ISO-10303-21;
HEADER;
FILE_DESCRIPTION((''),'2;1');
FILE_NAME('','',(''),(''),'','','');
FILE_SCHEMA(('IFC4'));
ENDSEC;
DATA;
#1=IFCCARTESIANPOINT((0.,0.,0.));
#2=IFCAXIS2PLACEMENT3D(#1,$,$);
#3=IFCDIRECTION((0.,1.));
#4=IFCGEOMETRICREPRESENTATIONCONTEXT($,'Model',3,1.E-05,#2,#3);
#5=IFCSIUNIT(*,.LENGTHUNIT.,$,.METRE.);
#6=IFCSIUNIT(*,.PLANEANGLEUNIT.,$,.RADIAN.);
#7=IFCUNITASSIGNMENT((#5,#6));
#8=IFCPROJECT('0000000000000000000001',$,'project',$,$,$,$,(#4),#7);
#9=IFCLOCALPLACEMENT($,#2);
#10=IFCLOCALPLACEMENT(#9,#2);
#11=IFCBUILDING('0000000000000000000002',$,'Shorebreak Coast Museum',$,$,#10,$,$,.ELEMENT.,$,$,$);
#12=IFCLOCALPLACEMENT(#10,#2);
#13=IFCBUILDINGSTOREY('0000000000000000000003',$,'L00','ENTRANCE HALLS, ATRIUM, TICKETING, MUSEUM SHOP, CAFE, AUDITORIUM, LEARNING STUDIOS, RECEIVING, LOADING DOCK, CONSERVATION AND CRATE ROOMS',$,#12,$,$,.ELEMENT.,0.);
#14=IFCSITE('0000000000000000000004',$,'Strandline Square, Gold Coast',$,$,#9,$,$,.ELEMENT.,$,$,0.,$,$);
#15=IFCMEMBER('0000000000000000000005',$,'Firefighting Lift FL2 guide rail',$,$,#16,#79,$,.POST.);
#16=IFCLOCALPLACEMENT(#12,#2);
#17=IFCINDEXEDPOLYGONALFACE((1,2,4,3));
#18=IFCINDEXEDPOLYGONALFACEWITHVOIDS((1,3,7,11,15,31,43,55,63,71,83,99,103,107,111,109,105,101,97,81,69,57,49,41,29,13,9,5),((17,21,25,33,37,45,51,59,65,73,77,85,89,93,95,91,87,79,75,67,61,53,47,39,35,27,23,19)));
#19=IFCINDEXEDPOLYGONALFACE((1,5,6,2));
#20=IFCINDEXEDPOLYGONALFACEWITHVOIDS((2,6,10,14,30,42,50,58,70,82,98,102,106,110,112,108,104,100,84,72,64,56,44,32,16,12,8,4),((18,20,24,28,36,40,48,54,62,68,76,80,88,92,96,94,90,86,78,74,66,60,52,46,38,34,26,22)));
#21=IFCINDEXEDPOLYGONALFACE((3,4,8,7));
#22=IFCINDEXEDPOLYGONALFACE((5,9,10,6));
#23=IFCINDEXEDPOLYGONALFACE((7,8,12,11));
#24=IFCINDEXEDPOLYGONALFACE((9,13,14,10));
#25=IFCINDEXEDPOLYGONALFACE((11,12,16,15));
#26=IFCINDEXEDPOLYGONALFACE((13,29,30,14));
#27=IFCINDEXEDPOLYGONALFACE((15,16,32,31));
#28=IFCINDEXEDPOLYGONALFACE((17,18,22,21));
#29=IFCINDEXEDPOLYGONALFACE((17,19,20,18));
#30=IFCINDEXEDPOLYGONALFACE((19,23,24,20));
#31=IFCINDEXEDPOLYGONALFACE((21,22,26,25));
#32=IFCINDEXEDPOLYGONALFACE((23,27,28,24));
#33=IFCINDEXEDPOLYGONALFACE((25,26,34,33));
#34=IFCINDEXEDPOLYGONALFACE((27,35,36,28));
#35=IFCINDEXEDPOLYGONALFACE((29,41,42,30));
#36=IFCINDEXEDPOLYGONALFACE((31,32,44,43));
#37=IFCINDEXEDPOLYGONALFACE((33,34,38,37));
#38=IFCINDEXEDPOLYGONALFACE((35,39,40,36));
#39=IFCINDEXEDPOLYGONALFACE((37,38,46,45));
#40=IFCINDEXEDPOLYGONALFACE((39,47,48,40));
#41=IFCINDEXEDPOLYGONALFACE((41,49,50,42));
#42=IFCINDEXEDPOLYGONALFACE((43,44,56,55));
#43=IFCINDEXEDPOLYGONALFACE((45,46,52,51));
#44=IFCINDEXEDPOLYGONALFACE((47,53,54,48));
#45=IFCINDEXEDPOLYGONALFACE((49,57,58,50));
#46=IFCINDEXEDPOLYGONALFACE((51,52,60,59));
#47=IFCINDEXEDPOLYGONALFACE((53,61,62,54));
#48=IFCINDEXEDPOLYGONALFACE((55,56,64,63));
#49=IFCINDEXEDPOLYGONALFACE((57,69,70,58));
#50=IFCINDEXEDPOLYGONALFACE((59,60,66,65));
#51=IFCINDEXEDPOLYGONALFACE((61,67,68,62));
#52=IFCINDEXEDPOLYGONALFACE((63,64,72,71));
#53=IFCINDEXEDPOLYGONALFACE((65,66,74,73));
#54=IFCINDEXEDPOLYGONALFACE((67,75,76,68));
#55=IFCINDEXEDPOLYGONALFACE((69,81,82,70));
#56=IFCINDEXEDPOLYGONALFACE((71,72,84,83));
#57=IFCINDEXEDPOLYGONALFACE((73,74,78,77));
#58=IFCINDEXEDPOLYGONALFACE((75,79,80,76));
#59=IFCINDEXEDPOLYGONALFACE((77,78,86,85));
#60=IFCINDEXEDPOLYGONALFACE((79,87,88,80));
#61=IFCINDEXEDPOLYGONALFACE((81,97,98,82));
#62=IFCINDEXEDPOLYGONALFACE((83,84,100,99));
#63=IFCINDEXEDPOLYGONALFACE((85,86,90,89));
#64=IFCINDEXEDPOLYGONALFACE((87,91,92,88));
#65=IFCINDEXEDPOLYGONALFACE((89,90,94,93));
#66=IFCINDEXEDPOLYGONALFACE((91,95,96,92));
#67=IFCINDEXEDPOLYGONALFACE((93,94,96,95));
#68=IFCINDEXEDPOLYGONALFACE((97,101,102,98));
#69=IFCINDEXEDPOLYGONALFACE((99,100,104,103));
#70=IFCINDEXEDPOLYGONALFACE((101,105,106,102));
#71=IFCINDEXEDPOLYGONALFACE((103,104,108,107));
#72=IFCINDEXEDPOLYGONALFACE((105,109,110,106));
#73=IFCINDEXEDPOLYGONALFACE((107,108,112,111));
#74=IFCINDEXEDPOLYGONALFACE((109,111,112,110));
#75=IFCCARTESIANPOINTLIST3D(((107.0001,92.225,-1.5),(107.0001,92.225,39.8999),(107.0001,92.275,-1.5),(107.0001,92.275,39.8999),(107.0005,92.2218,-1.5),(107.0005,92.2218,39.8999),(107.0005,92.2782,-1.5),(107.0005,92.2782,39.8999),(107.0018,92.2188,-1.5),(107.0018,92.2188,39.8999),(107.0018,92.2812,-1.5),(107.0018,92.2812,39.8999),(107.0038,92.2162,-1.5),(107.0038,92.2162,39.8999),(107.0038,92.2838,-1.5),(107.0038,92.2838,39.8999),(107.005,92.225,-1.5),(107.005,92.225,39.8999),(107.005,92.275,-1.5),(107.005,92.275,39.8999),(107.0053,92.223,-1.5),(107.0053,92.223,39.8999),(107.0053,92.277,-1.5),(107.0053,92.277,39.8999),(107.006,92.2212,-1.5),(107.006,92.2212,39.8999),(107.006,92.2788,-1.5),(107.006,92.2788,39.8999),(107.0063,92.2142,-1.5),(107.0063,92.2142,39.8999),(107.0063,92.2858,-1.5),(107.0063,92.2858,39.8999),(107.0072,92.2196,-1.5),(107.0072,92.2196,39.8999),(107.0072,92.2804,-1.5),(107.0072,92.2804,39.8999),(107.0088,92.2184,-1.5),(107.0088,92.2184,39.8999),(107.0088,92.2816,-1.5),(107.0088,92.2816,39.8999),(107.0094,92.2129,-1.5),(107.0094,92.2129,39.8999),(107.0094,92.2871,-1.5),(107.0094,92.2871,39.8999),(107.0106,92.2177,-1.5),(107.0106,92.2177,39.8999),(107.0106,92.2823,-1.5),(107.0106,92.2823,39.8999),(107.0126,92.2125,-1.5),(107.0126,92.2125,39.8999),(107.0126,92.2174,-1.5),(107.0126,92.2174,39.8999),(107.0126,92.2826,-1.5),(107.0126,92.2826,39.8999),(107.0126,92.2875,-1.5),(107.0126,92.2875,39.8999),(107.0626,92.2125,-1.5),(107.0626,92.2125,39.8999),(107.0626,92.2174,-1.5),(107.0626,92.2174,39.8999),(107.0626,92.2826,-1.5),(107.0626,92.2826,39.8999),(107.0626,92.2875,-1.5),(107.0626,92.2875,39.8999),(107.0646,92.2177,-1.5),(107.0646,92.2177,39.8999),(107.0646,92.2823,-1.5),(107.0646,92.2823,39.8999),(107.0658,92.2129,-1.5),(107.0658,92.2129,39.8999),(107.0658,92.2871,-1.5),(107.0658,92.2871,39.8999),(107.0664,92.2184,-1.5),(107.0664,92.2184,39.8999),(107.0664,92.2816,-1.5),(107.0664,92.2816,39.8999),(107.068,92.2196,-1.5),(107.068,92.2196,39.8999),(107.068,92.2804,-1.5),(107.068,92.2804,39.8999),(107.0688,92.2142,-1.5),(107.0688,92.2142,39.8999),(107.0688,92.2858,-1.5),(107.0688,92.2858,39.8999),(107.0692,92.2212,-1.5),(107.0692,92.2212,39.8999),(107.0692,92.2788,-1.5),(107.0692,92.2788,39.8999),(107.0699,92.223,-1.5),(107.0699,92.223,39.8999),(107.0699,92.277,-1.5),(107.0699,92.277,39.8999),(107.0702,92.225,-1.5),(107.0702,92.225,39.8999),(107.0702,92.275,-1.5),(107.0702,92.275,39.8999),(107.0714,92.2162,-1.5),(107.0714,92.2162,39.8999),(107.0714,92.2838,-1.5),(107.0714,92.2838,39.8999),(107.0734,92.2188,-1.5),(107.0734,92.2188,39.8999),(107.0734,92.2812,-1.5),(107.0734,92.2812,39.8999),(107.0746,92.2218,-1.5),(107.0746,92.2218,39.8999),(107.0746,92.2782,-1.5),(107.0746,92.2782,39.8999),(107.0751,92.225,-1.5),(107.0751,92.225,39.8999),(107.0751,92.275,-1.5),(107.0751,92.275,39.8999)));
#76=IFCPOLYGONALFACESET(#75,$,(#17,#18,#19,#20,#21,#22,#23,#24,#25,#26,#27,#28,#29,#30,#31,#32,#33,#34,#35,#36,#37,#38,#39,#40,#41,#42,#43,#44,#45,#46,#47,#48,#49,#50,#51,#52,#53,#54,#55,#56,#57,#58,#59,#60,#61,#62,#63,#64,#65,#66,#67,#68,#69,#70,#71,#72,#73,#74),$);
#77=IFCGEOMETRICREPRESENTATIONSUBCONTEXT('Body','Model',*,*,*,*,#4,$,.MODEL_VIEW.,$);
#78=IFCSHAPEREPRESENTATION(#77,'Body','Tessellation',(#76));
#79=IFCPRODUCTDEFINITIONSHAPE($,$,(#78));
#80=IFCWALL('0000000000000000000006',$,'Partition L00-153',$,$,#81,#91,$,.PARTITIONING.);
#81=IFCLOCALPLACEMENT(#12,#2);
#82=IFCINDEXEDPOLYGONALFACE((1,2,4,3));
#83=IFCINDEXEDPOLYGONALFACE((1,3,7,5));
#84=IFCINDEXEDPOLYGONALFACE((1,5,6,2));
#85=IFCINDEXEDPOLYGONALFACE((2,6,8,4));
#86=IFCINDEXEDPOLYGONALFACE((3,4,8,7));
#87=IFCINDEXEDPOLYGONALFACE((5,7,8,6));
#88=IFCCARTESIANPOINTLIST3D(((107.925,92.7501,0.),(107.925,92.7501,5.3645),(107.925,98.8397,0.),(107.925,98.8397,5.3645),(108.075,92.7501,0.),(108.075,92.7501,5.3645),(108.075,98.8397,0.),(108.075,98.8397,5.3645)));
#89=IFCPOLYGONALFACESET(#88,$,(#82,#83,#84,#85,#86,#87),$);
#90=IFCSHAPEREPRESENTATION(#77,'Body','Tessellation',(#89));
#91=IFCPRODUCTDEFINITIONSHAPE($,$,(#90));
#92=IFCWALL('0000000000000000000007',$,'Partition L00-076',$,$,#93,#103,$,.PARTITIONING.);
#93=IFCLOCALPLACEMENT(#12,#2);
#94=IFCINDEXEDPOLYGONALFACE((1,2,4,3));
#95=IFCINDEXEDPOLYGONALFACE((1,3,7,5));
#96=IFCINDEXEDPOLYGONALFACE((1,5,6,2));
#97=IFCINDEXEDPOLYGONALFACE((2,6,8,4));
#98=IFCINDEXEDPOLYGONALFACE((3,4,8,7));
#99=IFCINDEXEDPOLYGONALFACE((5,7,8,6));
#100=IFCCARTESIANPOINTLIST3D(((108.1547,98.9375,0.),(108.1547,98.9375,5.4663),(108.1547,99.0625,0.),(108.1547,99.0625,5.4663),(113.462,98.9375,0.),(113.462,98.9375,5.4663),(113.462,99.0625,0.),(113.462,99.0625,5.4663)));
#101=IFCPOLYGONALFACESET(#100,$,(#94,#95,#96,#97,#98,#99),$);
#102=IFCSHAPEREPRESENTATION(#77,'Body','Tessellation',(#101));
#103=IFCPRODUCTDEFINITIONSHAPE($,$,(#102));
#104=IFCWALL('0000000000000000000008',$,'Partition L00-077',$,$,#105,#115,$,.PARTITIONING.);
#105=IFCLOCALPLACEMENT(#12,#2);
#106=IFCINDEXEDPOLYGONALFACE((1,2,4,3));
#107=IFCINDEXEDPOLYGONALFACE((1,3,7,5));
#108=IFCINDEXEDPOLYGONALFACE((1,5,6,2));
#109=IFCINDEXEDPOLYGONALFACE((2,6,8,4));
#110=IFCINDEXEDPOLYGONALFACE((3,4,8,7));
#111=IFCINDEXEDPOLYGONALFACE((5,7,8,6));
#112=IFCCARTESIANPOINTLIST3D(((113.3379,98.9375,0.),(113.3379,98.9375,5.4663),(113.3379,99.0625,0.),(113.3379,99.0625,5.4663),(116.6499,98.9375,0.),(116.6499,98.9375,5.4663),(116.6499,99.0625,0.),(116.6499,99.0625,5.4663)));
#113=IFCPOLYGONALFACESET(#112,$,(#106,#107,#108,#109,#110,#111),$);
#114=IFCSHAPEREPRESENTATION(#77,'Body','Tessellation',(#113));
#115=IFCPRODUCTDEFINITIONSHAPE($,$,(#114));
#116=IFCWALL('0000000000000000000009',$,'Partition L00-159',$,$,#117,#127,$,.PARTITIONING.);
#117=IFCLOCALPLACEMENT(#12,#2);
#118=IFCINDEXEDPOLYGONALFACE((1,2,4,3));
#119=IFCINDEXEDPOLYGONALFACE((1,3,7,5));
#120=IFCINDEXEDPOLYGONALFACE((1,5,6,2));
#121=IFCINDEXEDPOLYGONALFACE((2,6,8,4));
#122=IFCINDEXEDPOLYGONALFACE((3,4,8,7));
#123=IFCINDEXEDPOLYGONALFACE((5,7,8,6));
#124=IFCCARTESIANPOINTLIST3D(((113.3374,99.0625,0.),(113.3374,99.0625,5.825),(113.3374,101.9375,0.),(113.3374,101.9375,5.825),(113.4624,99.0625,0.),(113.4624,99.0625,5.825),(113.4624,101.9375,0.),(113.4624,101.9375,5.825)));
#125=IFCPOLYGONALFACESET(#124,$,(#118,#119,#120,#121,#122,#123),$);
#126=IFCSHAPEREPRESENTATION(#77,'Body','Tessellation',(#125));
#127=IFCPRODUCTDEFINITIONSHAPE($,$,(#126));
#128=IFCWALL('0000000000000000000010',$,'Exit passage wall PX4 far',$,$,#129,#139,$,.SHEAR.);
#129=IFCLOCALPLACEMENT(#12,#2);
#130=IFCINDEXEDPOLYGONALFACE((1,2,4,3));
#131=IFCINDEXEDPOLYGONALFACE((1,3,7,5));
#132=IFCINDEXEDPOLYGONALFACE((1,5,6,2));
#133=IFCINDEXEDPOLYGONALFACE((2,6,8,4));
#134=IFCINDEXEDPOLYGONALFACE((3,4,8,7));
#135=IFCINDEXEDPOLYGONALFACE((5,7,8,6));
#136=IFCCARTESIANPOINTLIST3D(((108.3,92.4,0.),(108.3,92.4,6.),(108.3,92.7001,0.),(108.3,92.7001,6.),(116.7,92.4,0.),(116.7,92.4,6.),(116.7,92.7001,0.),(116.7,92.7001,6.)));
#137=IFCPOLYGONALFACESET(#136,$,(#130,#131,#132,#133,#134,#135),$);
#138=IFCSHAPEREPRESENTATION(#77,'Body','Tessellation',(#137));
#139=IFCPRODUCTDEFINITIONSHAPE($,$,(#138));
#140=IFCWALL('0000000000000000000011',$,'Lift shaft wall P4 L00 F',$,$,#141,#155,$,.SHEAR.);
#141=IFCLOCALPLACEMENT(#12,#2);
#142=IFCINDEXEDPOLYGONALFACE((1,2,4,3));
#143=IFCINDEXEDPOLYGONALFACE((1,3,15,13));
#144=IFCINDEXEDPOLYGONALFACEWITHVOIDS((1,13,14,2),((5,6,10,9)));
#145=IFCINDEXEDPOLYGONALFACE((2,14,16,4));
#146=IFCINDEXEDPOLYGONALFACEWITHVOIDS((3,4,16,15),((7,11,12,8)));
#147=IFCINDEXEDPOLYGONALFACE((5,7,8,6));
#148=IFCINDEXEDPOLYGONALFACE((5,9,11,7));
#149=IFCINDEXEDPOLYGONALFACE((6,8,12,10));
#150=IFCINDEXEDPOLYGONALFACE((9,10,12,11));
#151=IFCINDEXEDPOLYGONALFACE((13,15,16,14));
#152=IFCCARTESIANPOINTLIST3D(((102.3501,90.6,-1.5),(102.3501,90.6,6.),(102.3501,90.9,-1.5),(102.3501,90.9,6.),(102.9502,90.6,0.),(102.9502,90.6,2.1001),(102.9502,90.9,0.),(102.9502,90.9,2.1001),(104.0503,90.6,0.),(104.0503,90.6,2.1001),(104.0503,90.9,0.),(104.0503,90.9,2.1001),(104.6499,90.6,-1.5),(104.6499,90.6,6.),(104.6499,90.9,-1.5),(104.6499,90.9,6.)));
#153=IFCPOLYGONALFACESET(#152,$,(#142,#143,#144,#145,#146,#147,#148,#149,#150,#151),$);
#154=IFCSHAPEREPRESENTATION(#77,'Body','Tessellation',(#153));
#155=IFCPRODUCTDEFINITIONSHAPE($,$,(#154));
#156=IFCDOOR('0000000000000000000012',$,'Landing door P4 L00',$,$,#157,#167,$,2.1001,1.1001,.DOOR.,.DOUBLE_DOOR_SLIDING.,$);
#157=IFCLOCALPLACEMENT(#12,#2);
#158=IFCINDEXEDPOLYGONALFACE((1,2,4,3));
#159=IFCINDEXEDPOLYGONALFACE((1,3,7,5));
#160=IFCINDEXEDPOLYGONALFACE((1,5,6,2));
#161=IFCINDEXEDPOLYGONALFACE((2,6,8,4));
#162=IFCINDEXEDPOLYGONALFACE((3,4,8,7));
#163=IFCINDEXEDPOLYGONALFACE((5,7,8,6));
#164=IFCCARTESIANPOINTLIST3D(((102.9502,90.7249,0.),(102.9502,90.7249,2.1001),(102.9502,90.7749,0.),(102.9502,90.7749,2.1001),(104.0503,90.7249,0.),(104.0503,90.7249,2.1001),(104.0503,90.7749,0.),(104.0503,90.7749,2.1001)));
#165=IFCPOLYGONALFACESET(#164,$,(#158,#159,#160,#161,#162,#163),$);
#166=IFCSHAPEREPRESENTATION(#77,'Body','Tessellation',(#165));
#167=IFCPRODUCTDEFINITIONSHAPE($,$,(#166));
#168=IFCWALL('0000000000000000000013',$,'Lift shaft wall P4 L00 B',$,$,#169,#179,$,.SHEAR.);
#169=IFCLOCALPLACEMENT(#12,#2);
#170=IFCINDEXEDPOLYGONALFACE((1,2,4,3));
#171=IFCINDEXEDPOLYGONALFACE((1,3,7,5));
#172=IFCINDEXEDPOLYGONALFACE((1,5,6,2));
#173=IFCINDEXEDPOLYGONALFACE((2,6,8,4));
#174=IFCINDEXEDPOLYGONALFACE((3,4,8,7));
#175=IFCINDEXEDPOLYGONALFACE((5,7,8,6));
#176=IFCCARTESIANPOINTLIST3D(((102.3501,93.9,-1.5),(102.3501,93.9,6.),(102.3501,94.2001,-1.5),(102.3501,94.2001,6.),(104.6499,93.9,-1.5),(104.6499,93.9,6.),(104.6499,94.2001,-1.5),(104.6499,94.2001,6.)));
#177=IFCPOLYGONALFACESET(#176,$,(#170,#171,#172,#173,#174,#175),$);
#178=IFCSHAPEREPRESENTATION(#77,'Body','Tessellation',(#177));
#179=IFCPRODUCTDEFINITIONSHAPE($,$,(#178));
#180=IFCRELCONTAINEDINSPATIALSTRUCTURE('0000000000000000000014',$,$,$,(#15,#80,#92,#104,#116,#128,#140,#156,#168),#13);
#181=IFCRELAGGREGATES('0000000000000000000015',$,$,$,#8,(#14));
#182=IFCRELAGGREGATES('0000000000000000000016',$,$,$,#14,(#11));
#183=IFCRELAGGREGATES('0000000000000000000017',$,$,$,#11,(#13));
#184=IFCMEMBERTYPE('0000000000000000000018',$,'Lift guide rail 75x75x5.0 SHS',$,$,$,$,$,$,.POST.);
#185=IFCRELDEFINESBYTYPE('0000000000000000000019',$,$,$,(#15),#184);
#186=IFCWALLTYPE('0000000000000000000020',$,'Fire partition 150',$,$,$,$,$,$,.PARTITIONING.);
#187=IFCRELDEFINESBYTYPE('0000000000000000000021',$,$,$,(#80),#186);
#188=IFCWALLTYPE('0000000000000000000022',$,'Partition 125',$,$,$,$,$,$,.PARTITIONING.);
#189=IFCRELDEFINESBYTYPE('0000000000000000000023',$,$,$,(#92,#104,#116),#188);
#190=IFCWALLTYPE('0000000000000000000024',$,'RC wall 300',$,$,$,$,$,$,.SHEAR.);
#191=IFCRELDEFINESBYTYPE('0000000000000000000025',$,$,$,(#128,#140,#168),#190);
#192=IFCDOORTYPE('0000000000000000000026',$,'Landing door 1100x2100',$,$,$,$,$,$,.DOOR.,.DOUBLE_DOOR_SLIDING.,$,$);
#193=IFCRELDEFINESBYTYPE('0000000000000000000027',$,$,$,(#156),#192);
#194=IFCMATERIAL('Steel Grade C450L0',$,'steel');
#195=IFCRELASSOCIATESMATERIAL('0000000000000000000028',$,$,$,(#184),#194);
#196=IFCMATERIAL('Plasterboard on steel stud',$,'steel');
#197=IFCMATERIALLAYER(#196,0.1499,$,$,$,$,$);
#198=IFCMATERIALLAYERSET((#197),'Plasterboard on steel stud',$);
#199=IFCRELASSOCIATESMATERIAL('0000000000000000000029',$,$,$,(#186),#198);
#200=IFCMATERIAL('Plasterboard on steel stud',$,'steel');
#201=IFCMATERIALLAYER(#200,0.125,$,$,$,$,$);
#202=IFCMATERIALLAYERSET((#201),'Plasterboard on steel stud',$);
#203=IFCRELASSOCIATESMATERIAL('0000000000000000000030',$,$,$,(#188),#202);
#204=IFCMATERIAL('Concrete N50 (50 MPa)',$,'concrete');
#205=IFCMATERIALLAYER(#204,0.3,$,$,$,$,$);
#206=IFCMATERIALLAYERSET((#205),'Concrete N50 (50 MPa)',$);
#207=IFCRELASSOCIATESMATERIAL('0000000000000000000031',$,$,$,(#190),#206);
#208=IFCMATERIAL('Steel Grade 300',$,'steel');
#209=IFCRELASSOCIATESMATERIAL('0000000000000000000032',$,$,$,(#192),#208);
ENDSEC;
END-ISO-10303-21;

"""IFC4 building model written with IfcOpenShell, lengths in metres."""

from ifc_helpers import new_model, si_unit, direction, frame, frame_2d, origin, origin_2d, place, context, subcontext, project, spatial, rectangle, hollow_rectangle, extrude, material, layer, layer_set, material_profile, profile_set, type_object, element, fill, save


model = new_model("IFC4")

# Units and contexts
model_context = context("Model", 3, precision=1e-05, world=origin(), true_north=direction((0.0, 1.0)))
body_context = subcontext(model_context, "Body", "Model", "MODEL_VIEW")
ifc_project = project(units=[si_unit("LENGTHUNIT", "METRE"), si_unit("PLANEANGLEUNIT", "RADIAN")], contexts=[model_context])

# Site, building, storey
site_placement = place(None, origin())
site = spatial("IfcSite", under=ifc_project, at=site_placement, Name="Strandline Square, Gold Coast", CompositionType="ELEMENT", RefElevation=0.0)
building_placement = place(site_placement, origin())
building = spatial("IfcBuilding", under=site, at=building_placement, Name="Shorebreak Coast Museum", CompositionType="ELEMENT")
storey_placement = place(building_placement, origin())
storey = spatial("IfcBuildingStorey", under=building, at=storey_placement, Name="L00", Description="ENTRANCE HALLS, ATRIUM, TICKETING, MUSEUM SHOP, CAFE, AUDITORIUM, LEARNING STUDIOS, RECEIVING, LOADING DOCK, CONSERVATION AND CRATE ROOMS", CompositionType="ELEMENT", Elevation=0.0)

# Member
ifc_material_1 = material(Name="Steel Grade C450L0", Category="steel")
ifc_material_profile_1 = material_profile(ifc_material_1, hollow_rectangle(XDim=0.075, YDim=0.075, WallThickness=0.0049, InnerFilletRadius=0.0076, OuterFilletRadius=0.0125, at=origin_2d()), Name="75x75x5.0 SHS")
ifc_profile_set_1 = profile_set([ifc_material_profile_1], Name="Steel Grade C450L0")
member_type = type_object("IfcMemberType", Name="Lift guide rail 75x75x5.0 SHS", PredefinedType="POST", material=ifc_profile_set_1)
for number, where, z_axis, x_axis, name in (
    (1, (107.0376, 92.25, -1.5), (0.0, 0.0, 1.0), (1.0, 0.0, 0.0), "Firefighting Lift FL2 guide rail"),
):
    element("IfcMember", number, at=place(storey_placement, frame(where, z_axis=z_axis, x_axis=x_axis)), inside=storey, type_object=member_type, Name=name, PredefinedType="POST", context=body_context, shape_type="SweptSolid", body=[
        extrude(hollow_rectangle(XDim=0.075, YDim=0.075, WallThickness=0.0049, InnerFilletRadius=0.0076, OuterFilletRadius=0.0125, at=origin_2d()), origin(), (0.0, 0.0, 1.0), 41.3999),
    ])

# Walls
ifc_material_2 = material(Name="Plasterboard on steel stud", Category="steel")
ifc_layer_1 = layer(ifc_material_2, 0.1499)
ifc_layer_set_1 = layer_set([ifc_layer_1], Name="Plasterboard on steel stud")
wall_type_1 = type_object("IfcWallType", Name="Fire partition 150", PredefinedType="PARTITIONING", material=ifc_layer_set_1)
wall_1_placement = place(storey_placement, frame((108.0, 92.75, 0.0), z_axis=(0.0, 0.0, 1.0), x_axis=(0.0, 1.0, 0.0)))
element("IfcWall", 2, at=wall_1_placement, inside=storey, type_object=wall_type_1, Name="Partition L00-153", PredefinedType="PARTITIONING", context=body_context, shape_type="SweptSolid", body=[
    extrude(rectangle(XDim=6.0896, YDim=0.1499, at=frame_2d((3.0449, 0.0))), origin(), (0.0, 0.0, 1.0), 5.3645),
])
ifc_material_3 = material(Name="Plasterboard on steel stud", Category="steel")
ifc_layer_2 = layer(ifc_material_3, 0.125)
ifc_layer_set_2 = layer_set([ifc_layer_2], Name="Plasterboard on steel stud")
wall_type_2 = type_object("IfcWallType", Name="Partition 125", PredefinedType="PARTITIONING", material=ifc_layer_set_2)
wall_2_placement = place(storey_placement, frame((108.1545, 99.0, 0.0), z_axis=(0.0, 0.0, 1.0), x_axis=(1.0, 0.0, 0.0)))
element("IfcWall", 3, at=wall_2_placement, inside=storey, type_object=wall_type_2, Name="Partition L00-076", PredefinedType="PARTITIONING", context=body_context, shape_type="SweptSolid", body=[
    extrude(rectangle(XDim=5.3074, YDim=0.125, at=frame_2d((2.6538, 0.0))), origin(), (0.0, 0.0, 1.0), 5.4663),
])
wall_3_placement = place(storey_placement, frame((113.3379, 99.0, 0.0), z_axis=(0.0, 0.0, 1.0), x_axis=(1.0, 0.0, 0.0)))
element("IfcWall", 4, at=wall_3_placement, inside=storey, type_object=wall_type_2, Name="Partition L00-077", PredefinedType="PARTITIONING", context=body_context, shape_type="SweptSolid", body=[
    extrude(rectangle(XDim=3.312, YDim=0.125, at=frame_2d((1.656, 0.0))), origin(), (0.0, 0.0, 1.0), 5.4663),
])
wall_4_placement = place(storey_placement, frame((113.3999, 99.0625, 0.0), z_axis=(0.0, 0.0, 1.0), x_axis=(0.0, 1.0, 0.0)))
element("IfcWall", 5, at=wall_4_placement, inside=storey, type_object=wall_type_2, Name="Partition L00-159", PredefinedType="PARTITIONING", context=body_context, shape_type="SweptSolid", body=[
    extrude(rectangle(XDim=2.875, YDim=0.125, at=frame_2d((1.4375, 0.0))), origin(), (0.0, 0.0, 1.0), 5.825),
])
ifc_material_4 = material(Name="Concrete N50 (50 MPa)", Category="concrete")
ifc_layer_3 = layer(ifc_material_4, 0.3)
ifc_layer_set_3 = layer_set([ifc_layer_3], Name="Concrete N50 (50 MPa)")
wall_type_3 = type_object("IfcWallType", Name="RC wall 300", PredefinedType="SHEAR", material=ifc_layer_set_3)
wall_5_placement = place(storey_placement, frame((108.3, 92.55, 0.0), z_axis=(0.0, 0.0, 1.0), x_axis=(1.0, 0.0, 0.0)))
element("IfcWall", 6, at=wall_5_placement, inside=storey, type_object=wall_type_3, Name="Exit passage wall PX4 far", PredefinedType="SHEAR", context=body_context, shape_type="SweptSolid", body=[
    extrude(rectangle(XDim=8.3999, YDim=0.3, at=frame_2d((4.2, 0.0))), origin(), (0.0, 0.0, 1.0), 6.0),
])

# Wall, opening, door
wall_6_placement = place(storey_placement, frame((102.3501, 90.75, -1.5), z_axis=(0.0, 0.0, 1.0), x_axis=(1.0, 0.0, 0.0)))
wall_6 = element("IfcWall", 7, at=wall_6_placement, inside=storey, type_object=wall_type_3, Name="Lift shaft wall P4 L00 F", PredefinedType="SHEAR", context=body_context, shape_type="SweptSolid", body=[
    extrude(rectangle(XDim=2.2998, YDim=0.3, at=frame_2d((1.1499, 0.0))), origin(), (0.0, 0.0, 1.0), 7.5),
])
opening_1_placement = place(wall_6_placement, frame((0.6001, 0.0, 1.5)))
opening_1 = element("IfcOpeningElement", 8, at=opening_1_placement, cuts=wall_6, PredefinedType="OPENING", context=body_context, shape_type="SweptSolid", body=[
    extrude(rectangle(XDim=1.1001, YDim=2.1001, at=frame_2d((0.55, 1.05))), frame((0.0, 0.1599, 0.0), z_axis=(0.0, -1.0, 0.0), x_axis=(1.0, 0.0, 0.0)), (0.0, 0.0, 1.0), 0.3201),
])
ifc_material_5 = material(Name="Steel Grade 300", Category="steel")
door_type = type_object("IfcDoorType", Name="Landing door 1100x2100", OperationType="DOUBLE_DOOR_SLIDING", PredefinedType="DOOR", material=ifc_material_5)
door_1_placement = place(opening_1_placement, origin())
door_1 = element("IfcDoor", 9, at=door_1_placement, inside=storey, type_object=door_type, Name="Landing door P4 L00", OperationType="DOUBLE_DOOR_SLIDING", OverallHeight=2.1001, OverallWidth=1.1001, PredefinedType="DOOR", context=body_context, shape_type="SweptSolid", body=[
    extrude(rectangle(XDim=1.1001, YDim=2.1001, at=frame_2d((0.55, 1.05))), frame((0.0, 0.0249, 0.0), z_axis=(0.0, -1.0, 0.0), x_axis=(1.0, 0.0, 0.0)), (0.0, 0.0, 1.0), 0.05),
])
fill(opening_1, door_1)

# Wall
wall_7_placement = place(storey_placement, frame((102.3501, 94.05, -1.5), z_axis=(0.0, 0.0, 1.0), x_axis=(1.0, 0.0, 0.0)))
element("IfcWall", 10, at=wall_7_placement, inside=storey, type_object=wall_type_3, Name="Lift shaft wall P4 L00 B", PredefinedType="SHEAR", context=body_context, shape_type="SweptSolid", body=[
    extrude(rectangle(XDim=2.2998, YDim=0.3, at=frame_2d((1.1499, 0.0))), origin(), (0.0, 0.0, 1.0), 7.5),
])

save(model, "model.ifc")
